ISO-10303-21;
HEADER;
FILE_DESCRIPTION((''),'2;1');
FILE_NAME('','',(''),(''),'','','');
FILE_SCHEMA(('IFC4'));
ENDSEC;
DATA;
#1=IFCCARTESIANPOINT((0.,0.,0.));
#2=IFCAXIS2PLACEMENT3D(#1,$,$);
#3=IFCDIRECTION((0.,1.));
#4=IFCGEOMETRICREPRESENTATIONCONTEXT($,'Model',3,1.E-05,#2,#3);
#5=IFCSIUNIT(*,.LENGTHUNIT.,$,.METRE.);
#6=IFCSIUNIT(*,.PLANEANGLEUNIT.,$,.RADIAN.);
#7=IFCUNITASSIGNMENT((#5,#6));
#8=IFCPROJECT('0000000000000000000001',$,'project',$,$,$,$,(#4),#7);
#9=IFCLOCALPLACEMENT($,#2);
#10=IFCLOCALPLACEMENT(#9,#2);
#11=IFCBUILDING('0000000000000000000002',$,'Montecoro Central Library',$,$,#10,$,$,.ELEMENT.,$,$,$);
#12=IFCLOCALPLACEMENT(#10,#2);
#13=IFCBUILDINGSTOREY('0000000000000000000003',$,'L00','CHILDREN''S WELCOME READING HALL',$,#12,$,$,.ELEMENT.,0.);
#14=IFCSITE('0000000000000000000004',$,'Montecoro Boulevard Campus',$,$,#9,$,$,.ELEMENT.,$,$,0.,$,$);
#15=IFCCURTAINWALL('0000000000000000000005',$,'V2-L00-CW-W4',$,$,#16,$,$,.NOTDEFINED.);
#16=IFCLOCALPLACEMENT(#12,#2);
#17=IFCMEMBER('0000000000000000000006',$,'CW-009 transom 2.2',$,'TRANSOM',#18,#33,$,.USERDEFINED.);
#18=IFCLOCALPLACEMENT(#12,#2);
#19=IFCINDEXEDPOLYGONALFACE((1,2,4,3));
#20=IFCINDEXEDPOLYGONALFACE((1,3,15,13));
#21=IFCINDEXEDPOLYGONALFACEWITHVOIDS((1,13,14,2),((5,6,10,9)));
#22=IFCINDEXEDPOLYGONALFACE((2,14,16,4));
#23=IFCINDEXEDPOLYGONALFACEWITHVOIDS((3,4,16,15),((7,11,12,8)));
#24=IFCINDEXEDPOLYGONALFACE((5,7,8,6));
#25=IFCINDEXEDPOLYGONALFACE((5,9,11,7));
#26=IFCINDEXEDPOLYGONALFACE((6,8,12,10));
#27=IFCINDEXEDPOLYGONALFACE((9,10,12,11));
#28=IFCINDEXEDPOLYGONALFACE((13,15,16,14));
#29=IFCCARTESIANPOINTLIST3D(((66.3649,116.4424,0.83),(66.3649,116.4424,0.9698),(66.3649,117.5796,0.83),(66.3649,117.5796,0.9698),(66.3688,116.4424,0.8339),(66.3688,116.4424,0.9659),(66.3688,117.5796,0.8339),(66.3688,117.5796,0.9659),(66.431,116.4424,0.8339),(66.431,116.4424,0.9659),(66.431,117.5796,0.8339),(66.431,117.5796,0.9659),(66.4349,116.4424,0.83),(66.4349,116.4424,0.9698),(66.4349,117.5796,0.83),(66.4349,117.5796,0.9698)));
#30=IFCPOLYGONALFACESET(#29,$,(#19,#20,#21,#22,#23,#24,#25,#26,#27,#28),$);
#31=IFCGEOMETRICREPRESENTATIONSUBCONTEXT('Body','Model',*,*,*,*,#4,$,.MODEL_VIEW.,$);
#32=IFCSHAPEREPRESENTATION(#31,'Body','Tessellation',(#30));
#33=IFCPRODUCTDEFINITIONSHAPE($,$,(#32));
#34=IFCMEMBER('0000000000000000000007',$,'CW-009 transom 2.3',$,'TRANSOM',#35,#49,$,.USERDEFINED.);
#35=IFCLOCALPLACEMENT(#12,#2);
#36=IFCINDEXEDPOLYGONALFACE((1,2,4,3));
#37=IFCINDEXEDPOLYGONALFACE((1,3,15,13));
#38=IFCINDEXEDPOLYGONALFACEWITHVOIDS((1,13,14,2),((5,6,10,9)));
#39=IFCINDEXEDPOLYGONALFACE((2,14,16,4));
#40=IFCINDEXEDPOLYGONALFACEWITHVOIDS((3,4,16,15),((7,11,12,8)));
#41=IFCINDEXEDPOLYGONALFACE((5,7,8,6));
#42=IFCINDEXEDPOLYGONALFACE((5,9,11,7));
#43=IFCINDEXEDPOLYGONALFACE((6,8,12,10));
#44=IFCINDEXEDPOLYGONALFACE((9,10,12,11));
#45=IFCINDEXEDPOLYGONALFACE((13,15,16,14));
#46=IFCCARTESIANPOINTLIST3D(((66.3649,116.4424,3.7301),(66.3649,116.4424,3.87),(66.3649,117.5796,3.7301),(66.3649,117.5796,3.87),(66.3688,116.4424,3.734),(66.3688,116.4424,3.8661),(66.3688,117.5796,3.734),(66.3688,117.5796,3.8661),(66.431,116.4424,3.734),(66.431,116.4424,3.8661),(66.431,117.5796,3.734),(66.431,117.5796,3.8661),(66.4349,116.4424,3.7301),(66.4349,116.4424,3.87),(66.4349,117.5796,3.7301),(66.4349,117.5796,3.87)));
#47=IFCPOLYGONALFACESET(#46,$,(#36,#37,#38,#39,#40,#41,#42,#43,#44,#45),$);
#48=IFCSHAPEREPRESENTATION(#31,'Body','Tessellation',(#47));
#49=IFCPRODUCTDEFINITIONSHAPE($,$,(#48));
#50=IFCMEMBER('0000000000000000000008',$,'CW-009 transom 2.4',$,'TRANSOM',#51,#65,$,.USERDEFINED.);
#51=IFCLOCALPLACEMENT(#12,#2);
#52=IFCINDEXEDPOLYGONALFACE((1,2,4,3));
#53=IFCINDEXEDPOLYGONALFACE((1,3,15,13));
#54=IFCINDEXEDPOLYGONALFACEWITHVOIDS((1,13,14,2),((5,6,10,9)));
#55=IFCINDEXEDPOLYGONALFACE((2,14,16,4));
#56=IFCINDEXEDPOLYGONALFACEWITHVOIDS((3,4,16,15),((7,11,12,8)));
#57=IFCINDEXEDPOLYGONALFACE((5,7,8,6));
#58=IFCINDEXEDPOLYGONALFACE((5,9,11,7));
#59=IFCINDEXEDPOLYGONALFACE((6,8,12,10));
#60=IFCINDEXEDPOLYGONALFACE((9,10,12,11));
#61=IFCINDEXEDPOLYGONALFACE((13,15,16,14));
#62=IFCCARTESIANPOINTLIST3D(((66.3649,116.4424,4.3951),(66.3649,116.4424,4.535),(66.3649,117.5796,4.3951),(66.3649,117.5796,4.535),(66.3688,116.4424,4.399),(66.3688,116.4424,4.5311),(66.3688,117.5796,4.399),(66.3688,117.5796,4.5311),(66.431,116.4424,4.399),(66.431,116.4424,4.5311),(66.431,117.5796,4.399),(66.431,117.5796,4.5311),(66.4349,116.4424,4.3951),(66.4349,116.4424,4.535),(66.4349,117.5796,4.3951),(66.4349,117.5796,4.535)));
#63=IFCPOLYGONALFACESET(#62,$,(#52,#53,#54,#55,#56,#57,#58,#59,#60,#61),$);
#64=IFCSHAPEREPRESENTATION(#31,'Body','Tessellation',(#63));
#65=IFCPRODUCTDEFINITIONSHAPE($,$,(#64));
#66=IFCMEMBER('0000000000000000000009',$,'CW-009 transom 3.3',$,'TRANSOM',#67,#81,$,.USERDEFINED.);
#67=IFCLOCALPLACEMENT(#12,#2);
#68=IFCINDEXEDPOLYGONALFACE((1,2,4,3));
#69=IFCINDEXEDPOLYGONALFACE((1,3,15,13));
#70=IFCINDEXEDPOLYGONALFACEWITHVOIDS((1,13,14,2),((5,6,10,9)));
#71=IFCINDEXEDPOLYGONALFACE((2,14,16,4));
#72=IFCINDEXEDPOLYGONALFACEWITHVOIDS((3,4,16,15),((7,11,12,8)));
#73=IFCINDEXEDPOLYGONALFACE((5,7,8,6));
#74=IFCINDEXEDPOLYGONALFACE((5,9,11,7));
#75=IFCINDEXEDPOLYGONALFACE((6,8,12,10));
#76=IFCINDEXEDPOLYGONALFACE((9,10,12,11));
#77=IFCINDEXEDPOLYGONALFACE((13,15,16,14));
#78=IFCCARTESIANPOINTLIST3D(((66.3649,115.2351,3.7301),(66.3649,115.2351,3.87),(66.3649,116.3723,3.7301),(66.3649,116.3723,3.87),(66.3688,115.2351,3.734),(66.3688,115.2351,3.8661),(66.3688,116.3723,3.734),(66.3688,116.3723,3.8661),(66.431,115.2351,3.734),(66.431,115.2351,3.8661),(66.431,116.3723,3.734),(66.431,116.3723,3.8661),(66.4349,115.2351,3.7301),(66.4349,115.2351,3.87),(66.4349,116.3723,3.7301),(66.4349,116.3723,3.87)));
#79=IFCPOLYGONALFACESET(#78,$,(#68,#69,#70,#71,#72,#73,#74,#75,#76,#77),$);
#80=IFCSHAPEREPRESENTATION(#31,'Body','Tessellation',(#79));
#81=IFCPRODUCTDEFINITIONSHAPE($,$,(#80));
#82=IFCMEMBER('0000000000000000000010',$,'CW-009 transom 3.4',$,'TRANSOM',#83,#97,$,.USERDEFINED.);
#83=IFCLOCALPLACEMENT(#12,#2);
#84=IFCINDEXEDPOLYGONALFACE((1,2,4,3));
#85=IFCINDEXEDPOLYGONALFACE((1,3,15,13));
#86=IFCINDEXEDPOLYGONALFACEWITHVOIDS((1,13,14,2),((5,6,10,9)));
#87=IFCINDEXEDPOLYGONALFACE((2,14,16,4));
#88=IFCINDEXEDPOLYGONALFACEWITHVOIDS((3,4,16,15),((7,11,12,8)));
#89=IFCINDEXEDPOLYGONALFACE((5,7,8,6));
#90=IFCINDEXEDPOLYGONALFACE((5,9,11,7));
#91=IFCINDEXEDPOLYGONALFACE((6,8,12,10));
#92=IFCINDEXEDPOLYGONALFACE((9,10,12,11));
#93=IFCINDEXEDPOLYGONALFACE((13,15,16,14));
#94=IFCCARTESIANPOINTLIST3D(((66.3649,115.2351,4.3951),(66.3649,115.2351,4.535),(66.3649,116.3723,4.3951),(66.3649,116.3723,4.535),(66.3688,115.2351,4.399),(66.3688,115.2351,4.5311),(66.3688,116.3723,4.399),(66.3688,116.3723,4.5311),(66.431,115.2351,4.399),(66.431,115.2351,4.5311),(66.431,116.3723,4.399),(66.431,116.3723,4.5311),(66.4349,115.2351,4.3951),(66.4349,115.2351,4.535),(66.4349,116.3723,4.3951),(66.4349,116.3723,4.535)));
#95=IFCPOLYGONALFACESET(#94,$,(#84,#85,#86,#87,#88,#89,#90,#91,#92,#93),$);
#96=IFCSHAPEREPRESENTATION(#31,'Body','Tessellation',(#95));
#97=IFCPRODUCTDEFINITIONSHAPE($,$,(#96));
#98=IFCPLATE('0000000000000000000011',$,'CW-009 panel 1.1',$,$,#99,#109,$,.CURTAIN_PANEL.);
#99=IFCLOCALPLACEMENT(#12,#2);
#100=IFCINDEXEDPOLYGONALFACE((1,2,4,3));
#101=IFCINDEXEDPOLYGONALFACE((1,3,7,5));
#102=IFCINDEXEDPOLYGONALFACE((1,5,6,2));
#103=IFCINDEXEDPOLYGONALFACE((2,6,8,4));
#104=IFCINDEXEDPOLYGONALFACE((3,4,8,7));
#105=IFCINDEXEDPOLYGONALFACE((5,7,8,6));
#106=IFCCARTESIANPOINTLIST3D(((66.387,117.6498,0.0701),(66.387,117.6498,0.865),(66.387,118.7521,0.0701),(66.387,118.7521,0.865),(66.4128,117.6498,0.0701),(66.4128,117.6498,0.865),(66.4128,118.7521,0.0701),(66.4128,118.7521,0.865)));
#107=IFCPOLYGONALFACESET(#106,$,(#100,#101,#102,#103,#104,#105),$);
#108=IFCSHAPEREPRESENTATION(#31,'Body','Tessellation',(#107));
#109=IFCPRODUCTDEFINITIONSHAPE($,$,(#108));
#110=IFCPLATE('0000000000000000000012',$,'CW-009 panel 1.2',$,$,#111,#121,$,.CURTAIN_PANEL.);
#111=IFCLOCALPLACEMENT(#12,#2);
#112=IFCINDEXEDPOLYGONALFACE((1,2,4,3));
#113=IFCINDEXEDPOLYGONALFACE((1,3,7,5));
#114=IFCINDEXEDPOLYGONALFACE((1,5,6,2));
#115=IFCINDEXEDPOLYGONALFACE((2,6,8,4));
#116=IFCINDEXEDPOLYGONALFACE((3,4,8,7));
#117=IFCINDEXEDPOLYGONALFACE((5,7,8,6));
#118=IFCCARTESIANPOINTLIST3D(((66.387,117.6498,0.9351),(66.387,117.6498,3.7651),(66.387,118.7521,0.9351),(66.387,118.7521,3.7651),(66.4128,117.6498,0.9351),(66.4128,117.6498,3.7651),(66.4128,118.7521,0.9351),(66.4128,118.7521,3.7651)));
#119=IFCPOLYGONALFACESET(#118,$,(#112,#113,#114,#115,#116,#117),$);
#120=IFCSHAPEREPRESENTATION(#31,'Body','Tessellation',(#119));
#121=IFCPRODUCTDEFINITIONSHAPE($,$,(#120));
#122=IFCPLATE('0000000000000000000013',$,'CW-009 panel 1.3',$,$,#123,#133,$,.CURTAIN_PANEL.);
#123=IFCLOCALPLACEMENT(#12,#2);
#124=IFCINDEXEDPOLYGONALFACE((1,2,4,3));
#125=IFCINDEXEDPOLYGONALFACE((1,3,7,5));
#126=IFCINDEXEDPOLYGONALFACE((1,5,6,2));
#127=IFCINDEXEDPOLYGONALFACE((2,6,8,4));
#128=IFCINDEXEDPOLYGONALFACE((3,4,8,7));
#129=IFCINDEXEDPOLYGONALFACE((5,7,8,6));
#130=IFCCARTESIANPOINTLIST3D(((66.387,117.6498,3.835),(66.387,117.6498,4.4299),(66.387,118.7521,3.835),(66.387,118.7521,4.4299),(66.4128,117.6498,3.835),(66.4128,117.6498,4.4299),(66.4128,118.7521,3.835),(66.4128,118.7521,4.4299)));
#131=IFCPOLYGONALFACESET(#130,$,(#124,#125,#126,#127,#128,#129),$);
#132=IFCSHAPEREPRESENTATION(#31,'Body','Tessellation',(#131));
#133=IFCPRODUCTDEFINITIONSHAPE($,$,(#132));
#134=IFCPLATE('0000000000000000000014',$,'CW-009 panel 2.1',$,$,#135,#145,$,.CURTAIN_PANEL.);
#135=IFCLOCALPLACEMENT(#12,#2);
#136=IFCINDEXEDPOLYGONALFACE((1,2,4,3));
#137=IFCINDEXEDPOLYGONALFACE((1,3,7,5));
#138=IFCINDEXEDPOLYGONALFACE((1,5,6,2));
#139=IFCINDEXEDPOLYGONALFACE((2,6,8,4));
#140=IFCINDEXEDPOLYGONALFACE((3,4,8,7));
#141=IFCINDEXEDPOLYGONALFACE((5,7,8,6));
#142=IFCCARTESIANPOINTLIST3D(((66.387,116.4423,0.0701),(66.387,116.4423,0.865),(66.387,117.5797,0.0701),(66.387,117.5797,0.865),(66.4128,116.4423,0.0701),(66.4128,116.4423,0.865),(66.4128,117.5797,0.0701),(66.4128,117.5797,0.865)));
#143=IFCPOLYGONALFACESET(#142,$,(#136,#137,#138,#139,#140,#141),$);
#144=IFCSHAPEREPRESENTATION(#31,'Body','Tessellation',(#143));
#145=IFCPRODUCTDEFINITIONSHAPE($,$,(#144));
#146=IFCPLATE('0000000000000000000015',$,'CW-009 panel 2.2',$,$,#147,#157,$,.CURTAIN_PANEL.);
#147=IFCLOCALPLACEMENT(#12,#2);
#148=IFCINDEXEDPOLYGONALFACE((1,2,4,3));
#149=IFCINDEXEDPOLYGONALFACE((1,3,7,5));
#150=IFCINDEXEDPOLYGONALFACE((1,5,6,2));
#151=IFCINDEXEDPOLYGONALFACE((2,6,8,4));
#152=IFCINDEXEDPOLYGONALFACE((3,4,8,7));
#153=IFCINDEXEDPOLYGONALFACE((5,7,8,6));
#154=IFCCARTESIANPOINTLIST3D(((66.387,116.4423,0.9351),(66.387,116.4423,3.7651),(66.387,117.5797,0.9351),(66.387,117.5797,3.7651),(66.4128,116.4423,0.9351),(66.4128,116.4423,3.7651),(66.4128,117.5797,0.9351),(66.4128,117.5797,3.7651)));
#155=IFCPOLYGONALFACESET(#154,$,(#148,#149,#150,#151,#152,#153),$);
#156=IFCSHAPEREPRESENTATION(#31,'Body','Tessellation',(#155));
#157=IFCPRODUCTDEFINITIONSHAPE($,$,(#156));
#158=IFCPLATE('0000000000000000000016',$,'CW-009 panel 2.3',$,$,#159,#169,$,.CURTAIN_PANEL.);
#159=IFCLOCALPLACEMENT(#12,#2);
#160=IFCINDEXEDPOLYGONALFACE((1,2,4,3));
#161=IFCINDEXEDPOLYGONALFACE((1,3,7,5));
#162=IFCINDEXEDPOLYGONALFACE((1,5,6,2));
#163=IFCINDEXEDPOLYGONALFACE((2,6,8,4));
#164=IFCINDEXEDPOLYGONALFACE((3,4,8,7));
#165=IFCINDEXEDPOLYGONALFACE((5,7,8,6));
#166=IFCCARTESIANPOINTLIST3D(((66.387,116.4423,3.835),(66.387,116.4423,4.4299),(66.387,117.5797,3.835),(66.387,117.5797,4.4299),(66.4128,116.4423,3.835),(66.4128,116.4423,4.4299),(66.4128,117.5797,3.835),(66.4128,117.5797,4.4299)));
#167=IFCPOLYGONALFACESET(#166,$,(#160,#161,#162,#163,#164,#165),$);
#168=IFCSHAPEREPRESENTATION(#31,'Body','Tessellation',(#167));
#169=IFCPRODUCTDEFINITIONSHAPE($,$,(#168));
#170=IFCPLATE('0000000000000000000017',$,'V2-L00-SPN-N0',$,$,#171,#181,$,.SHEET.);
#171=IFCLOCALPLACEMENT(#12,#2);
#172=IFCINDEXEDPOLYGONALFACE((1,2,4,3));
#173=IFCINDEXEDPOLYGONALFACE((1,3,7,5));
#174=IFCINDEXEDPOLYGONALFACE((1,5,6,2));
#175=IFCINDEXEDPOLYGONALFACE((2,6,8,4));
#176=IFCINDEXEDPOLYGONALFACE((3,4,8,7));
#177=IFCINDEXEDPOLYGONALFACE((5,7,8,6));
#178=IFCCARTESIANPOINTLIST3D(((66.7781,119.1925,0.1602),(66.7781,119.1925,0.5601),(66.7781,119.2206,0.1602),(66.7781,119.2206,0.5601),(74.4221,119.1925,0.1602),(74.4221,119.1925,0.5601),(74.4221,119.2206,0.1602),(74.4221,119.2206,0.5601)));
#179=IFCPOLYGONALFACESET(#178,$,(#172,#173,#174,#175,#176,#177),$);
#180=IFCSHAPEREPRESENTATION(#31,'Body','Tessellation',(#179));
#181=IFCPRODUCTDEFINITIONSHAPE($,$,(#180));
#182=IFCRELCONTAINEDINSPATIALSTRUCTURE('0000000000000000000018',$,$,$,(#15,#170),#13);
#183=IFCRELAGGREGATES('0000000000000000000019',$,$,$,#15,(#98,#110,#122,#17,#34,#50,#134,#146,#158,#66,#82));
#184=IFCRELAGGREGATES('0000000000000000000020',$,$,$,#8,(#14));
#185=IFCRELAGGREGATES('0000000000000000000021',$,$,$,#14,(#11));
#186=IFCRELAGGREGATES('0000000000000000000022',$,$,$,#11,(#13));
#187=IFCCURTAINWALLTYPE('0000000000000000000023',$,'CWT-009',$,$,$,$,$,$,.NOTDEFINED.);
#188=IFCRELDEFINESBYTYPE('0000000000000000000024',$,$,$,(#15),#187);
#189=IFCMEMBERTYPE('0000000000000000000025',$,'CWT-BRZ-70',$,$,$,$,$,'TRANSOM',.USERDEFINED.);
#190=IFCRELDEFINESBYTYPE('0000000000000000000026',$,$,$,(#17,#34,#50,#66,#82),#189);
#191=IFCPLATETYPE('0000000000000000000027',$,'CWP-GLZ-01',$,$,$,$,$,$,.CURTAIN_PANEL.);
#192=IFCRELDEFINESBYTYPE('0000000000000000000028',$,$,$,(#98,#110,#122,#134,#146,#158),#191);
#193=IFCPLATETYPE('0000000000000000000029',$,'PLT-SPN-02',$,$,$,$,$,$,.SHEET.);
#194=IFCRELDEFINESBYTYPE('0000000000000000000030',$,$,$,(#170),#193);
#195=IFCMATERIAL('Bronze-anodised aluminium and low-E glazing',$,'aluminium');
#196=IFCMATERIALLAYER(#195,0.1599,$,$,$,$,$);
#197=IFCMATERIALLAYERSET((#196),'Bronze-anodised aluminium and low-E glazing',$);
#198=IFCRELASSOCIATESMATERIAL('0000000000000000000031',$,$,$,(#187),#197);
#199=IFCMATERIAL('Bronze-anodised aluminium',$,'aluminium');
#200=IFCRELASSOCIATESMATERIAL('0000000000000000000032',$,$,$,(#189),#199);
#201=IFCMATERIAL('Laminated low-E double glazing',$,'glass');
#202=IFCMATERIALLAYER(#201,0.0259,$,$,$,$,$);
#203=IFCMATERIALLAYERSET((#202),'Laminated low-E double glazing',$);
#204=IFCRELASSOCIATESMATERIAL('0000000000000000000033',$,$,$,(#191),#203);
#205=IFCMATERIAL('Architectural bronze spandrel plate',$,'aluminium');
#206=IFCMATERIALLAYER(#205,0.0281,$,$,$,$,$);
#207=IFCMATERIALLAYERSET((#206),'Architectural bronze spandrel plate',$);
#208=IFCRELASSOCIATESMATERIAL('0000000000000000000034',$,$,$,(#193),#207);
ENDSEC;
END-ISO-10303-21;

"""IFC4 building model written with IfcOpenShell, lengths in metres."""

from ifc_helpers import new_model, si_unit, direction, frame, origin, origin_2d, place, context, subcontext, project, spatial, rectangle, hollow_rectangle, extrude, material, layer, layer_set, material_profile, profile_set, type_object, element, aggregate, save


model = new_model("IFC4")

# Units and contexts
model_context = context("Model", 3, precision=1e-05, world=origin(), true_north=direction((0.0, 1.0)))
body_context = subcontext(model_context, "Body", "Model", "MODEL_VIEW")
ifc_project = project(units=[si_unit("LENGTHUNIT", "METRE"), si_unit("PLANEANGLEUNIT", "RADIAN")], contexts=[model_context])

# Site, building, storey
site_placement = place(None, origin())
site = spatial("IfcSite", under=ifc_project, at=site_placement, Name="Montecoro Boulevard Campus", CompositionType="ELEMENT", RefElevation=0.0)
building_placement = place(site_placement, origin())
building = spatial("IfcBuilding", under=site, at=building_placement, Name="Montecoro Central Library", CompositionType="ELEMENT")
storey_placement = place(building_placement, origin())
storey = spatial("IfcBuildingStorey", under=building, at=storey_placement, Name="L00", Description="CHILDREN'S WELCOME READING HALL", CompositionType="ELEMENT", Elevation=0.0)

# Curtain wall, members, plates
ifc_material_1 = material(Name="Bronze-anodised aluminium and low-E glazing", Category="aluminium")
ifc_layer_1 = layer(ifc_material_1, 0.1599)
ifc_layer_set_1 = layer_set([ifc_layer_1], Name="Bronze-anodised aluminium and low-E glazing")
curtain_wall_type = type_object("IfcCurtainWallType", Name="CWT-009", PredefinedType="NOTDEFINED", material=ifc_layer_set_1)
curtain_wall_placement = place(storey_placement, origin())
curtain_wall = element("IfcCurtainWall", 1, at=curtain_wall_placement, inside=storey, type_object=curtain_wall_type, Name="V2-L00-CW-W4", PredefinedType="NOTDEFINED")
ifc_material_2 = material(Name="Bronze-anodised aluminium", Category="aluminium")
ifc_material_profile_1 = material_profile(ifc_material_2, hollow_rectangle(XDim=0.0701, YDim=0.1399, WallThickness=0.0039, at=origin_2d()), Name="CWT 140x70x4.0")
ifc_profile_set_1 = profile_set([ifc_material_profile_1], Name="Bronze-anodised aluminium")
member_type_1 = type_object("IfcMemberType", Name="CWT-BRZ-70", ElementType="TRANSOM", PredefinedType="USERDEFINED", material=ifc_profile_set_1)
member_1_placement = place(storey_placement, frame((66.3999, 117.5796, 0.8999), z_axis=(0.0, -1.0, 0.0), x_axis=(1.0, 0.0, 0.0)))
member_1 = element("IfcMember", 2, at=member_1_placement, type_object=member_type_1, Name="CW-009 transom 2.2", ObjectType="TRANSOM", PredefinedType="USERDEFINED", context=body_context, shape_type="SweptSolid", body=[
    extrude(hollow_rectangle(XDim=0.0701, YDim=0.1399, WallThickness=0.0039, at=origin_2d()), origin(), (0.0, 0.0, 1.0), 1.1372),
])
member_2_placement = place(storey_placement, frame((66.3999, 117.5796, 3.8), z_axis=(0.0, -1.0, 0.0), x_axis=(1.0, 0.0, 0.0)))
member_2 = element("IfcMember", 3, at=member_2_placement, type_object=member_type_1, Name="CW-009 transom 2.3", ObjectType="TRANSOM", PredefinedType="USERDEFINED", context=body_context, shape_type="SweptSolid", body=[
    extrude(hollow_rectangle(XDim=0.0701, YDim=0.1399, WallThickness=0.0039, at=origin_2d()), origin(), (0.0, 0.0, 1.0), 1.1372),
])
member_3_placement = place(storey_placement, frame((66.3999, 117.5796, 4.4651), z_axis=(0.0, -1.0, 0.0), x_axis=(1.0, 0.0, 0.0)))
member_3 = element("IfcMember", 4, at=member_3_placement, type_object=member_type_1, Name="CW-009 transom 2.4", ObjectType="TRANSOM", PredefinedType="USERDEFINED", context=body_context, shape_type="SweptSolid", body=[
    extrude(hollow_rectangle(XDim=0.0701, YDim=0.1399, WallThickness=0.0039, at=origin_2d()), origin(), (0.0, 0.0, 1.0), 1.1372),
])
member_4_placement = place(storey_placement, frame((66.3999, 116.3723, 3.8), z_axis=(0.0, -1.0, 0.0), x_axis=(1.0, 0.0, 0.0)))
member_4 = element("IfcMember", 5, at=member_4_placement, type_object=member_type_1, Name="CW-009 transom 3.3", ObjectType="TRANSOM", PredefinedType="USERDEFINED", context=body_context, shape_type="SweptSolid", body=[
    extrude(hollow_rectangle(XDim=0.0701, YDim=0.1399, WallThickness=0.0039, at=origin_2d()), origin(), (0.0, 0.0, 1.0), 1.1372),
])
member_5_placement = place(storey_placement, frame((66.3999, 116.3723, 4.4651), z_axis=(0.0, -1.0, 0.0), x_axis=(1.0, 0.0, 0.0)))
member_5 = element("IfcMember", 6, at=member_5_placement, type_object=member_type_1, Name="CW-009 transom 3.4", ObjectType="TRANSOM", PredefinedType="USERDEFINED", context=body_context, shape_type="SweptSolid", body=[
    extrude(hollow_rectangle(XDim=0.0701, YDim=0.1399, WallThickness=0.0039, at=origin_2d()), origin(), (0.0, 0.0, 1.0), 1.1372),
])
ifc_material_3 = material(Name="Laminated low-E double glazing", Category="glass")
ifc_layer_2 = layer(ifc_material_3, 0.0259)
ifc_layer_set_2 = layer_set([ifc_layer_2], Name="Laminated low-E double glazing")
plate_type_1 = type_object("IfcPlateType", Name="CWP-GLZ-01", PredefinedType="CURTAIN_PANEL", material=ifc_layer_set_2)
plate_1_placement = place(storey_placement, frame((66.3999, 118.2009, 0.0701), z_axis=(0.0, 0.0, 1.0), x_axis=(0.0, -1.0, 0.0)))
plate_1 = element("IfcPlate", 7, at=plate_1_placement, type_object=plate_type_1, Name="CW-009 panel 1.1", PredefinedType="CURTAIN_PANEL", context=body_context, shape_type="SweptSolid", body=[
    extrude(rectangle(XDim=1.1023, YDim=0.0259, at=origin_2d()), origin(), (0.0, 0.0, 1.0), 0.7949),
])
plate_2_placement = place(storey_placement, frame((66.3999, 118.2009, 0.9351), z_axis=(0.0, 0.0, 1.0), x_axis=(0.0, -1.0, 0.0)))
plate_2 = element("IfcPlate", 8, at=plate_2_placement, type_object=plate_type_1, Name="CW-009 panel 1.2", PredefinedType="CURTAIN_PANEL", context=body_context, shape_type="SweptSolid", body=[
    extrude(rectangle(XDim=1.1023, YDim=0.0259, at=origin_2d()), origin(), (0.0, 0.0, 1.0), 2.8301),
])
plate_3_placement = place(storey_placement, frame((66.3999, 118.2009, 3.835), z_axis=(0.0, 0.0, 1.0), x_axis=(0.0, -1.0, 0.0)))
plate_3 = element("IfcPlate", 9, at=plate_3_placement, type_object=plate_type_1, Name="CW-009 panel 1.3", PredefinedType="CURTAIN_PANEL", context=body_context, shape_type="SweptSolid", body=[
    extrude(rectangle(XDim=1.1023, YDim=0.0259, at=origin_2d()), origin(), (0.0, 0.0, 1.0), 0.595),
])
plate_4_placement = place(storey_placement, frame((66.3999, 117.011, 0.0701), z_axis=(0.0, 0.0, 1.0), x_axis=(0.0, -1.0, 0.0)))
plate_4 = element("IfcPlate", 10, at=plate_4_placement, type_object=plate_type_1, Name="CW-009 panel 2.1", PredefinedType="CURTAIN_PANEL", context=body_context, shape_type="SweptSolid", body=[
    extrude(rectangle(XDim=1.1375, YDim=0.0259, at=origin_2d()), origin(), (0.0, 0.0, 1.0), 0.7949),
])
plate_5_placement = place(storey_placement, frame((66.3999, 117.011, 0.9351), z_axis=(0.0, 0.0, 1.0), x_axis=(0.0, -1.0, 0.0)))
plate_5 = element("IfcPlate", 11, at=plate_5_placement, type_object=plate_type_1, Name="CW-009 panel 2.2", PredefinedType="CURTAIN_PANEL", context=body_context, shape_type="SweptSolid", body=[
    extrude(rectangle(XDim=1.1375, YDim=0.0259, at=origin_2d()), origin(), (0.0, 0.0, 1.0), 2.8301),
])
plate_6_placement = place(storey_placement, frame((66.3999, 117.011, 3.835), z_axis=(0.0, 0.0, 1.0), x_axis=(0.0, -1.0, 0.0)))
plate_6 = element("IfcPlate", 12, at=plate_6_placement, type_object=plate_type_1, Name="CW-009 panel 2.3", PredefinedType="CURTAIN_PANEL", context=body_context, shape_type="SweptSolid", body=[
    extrude(rectangle(XDim=1.1375, YDim=0.0259, at=origin_2d()), origin(), (0.0, 0.0, 1.0), 0.595),
])
aggregate(curtain_wall, [plate_1, plate_2, plate_3, member_1, member_2, member_3, plate_4, plate_5, plate_6, member_4, member_5])

# Plate
ifc_material_4 = material(Name="Architectural bronze spandrel plate", Category="aluminium")
ifc_layer_3 = layer(ifc_material_4, 0.0281)
ifc_layer_set_3 = layer_set([ifc_layer_3], Name="Architectural bronze spandrel plate")
plate_type_2 = type_object("IfcPlateType", Name="PLT-SPN-02", PredefinedType="SHEET", material=ifc_layer_set_3)
plate_7_placement = place(storey_placement, frame((70.6001, 119.2065, 0.1602), z_axis=(0.0, 0.0, 1.0), x_axis=(-1.0, 0.0, 0.0)))
element("IfcPlate", 13, at=plate_7_placement, inside=storey, type_object=plate_type_2, Name="V2-L00-SPN-N0", PredefinedType="SHEET", context=body_context, shape_type="SweptSolid", body=[
    extrude(rectangle(XDim=7.644, YDim=0.0281, at=origin_2d()), origin(), (0.0, 0.0, 1.0), 0.3999),
])

save(model, "model.ifc")
